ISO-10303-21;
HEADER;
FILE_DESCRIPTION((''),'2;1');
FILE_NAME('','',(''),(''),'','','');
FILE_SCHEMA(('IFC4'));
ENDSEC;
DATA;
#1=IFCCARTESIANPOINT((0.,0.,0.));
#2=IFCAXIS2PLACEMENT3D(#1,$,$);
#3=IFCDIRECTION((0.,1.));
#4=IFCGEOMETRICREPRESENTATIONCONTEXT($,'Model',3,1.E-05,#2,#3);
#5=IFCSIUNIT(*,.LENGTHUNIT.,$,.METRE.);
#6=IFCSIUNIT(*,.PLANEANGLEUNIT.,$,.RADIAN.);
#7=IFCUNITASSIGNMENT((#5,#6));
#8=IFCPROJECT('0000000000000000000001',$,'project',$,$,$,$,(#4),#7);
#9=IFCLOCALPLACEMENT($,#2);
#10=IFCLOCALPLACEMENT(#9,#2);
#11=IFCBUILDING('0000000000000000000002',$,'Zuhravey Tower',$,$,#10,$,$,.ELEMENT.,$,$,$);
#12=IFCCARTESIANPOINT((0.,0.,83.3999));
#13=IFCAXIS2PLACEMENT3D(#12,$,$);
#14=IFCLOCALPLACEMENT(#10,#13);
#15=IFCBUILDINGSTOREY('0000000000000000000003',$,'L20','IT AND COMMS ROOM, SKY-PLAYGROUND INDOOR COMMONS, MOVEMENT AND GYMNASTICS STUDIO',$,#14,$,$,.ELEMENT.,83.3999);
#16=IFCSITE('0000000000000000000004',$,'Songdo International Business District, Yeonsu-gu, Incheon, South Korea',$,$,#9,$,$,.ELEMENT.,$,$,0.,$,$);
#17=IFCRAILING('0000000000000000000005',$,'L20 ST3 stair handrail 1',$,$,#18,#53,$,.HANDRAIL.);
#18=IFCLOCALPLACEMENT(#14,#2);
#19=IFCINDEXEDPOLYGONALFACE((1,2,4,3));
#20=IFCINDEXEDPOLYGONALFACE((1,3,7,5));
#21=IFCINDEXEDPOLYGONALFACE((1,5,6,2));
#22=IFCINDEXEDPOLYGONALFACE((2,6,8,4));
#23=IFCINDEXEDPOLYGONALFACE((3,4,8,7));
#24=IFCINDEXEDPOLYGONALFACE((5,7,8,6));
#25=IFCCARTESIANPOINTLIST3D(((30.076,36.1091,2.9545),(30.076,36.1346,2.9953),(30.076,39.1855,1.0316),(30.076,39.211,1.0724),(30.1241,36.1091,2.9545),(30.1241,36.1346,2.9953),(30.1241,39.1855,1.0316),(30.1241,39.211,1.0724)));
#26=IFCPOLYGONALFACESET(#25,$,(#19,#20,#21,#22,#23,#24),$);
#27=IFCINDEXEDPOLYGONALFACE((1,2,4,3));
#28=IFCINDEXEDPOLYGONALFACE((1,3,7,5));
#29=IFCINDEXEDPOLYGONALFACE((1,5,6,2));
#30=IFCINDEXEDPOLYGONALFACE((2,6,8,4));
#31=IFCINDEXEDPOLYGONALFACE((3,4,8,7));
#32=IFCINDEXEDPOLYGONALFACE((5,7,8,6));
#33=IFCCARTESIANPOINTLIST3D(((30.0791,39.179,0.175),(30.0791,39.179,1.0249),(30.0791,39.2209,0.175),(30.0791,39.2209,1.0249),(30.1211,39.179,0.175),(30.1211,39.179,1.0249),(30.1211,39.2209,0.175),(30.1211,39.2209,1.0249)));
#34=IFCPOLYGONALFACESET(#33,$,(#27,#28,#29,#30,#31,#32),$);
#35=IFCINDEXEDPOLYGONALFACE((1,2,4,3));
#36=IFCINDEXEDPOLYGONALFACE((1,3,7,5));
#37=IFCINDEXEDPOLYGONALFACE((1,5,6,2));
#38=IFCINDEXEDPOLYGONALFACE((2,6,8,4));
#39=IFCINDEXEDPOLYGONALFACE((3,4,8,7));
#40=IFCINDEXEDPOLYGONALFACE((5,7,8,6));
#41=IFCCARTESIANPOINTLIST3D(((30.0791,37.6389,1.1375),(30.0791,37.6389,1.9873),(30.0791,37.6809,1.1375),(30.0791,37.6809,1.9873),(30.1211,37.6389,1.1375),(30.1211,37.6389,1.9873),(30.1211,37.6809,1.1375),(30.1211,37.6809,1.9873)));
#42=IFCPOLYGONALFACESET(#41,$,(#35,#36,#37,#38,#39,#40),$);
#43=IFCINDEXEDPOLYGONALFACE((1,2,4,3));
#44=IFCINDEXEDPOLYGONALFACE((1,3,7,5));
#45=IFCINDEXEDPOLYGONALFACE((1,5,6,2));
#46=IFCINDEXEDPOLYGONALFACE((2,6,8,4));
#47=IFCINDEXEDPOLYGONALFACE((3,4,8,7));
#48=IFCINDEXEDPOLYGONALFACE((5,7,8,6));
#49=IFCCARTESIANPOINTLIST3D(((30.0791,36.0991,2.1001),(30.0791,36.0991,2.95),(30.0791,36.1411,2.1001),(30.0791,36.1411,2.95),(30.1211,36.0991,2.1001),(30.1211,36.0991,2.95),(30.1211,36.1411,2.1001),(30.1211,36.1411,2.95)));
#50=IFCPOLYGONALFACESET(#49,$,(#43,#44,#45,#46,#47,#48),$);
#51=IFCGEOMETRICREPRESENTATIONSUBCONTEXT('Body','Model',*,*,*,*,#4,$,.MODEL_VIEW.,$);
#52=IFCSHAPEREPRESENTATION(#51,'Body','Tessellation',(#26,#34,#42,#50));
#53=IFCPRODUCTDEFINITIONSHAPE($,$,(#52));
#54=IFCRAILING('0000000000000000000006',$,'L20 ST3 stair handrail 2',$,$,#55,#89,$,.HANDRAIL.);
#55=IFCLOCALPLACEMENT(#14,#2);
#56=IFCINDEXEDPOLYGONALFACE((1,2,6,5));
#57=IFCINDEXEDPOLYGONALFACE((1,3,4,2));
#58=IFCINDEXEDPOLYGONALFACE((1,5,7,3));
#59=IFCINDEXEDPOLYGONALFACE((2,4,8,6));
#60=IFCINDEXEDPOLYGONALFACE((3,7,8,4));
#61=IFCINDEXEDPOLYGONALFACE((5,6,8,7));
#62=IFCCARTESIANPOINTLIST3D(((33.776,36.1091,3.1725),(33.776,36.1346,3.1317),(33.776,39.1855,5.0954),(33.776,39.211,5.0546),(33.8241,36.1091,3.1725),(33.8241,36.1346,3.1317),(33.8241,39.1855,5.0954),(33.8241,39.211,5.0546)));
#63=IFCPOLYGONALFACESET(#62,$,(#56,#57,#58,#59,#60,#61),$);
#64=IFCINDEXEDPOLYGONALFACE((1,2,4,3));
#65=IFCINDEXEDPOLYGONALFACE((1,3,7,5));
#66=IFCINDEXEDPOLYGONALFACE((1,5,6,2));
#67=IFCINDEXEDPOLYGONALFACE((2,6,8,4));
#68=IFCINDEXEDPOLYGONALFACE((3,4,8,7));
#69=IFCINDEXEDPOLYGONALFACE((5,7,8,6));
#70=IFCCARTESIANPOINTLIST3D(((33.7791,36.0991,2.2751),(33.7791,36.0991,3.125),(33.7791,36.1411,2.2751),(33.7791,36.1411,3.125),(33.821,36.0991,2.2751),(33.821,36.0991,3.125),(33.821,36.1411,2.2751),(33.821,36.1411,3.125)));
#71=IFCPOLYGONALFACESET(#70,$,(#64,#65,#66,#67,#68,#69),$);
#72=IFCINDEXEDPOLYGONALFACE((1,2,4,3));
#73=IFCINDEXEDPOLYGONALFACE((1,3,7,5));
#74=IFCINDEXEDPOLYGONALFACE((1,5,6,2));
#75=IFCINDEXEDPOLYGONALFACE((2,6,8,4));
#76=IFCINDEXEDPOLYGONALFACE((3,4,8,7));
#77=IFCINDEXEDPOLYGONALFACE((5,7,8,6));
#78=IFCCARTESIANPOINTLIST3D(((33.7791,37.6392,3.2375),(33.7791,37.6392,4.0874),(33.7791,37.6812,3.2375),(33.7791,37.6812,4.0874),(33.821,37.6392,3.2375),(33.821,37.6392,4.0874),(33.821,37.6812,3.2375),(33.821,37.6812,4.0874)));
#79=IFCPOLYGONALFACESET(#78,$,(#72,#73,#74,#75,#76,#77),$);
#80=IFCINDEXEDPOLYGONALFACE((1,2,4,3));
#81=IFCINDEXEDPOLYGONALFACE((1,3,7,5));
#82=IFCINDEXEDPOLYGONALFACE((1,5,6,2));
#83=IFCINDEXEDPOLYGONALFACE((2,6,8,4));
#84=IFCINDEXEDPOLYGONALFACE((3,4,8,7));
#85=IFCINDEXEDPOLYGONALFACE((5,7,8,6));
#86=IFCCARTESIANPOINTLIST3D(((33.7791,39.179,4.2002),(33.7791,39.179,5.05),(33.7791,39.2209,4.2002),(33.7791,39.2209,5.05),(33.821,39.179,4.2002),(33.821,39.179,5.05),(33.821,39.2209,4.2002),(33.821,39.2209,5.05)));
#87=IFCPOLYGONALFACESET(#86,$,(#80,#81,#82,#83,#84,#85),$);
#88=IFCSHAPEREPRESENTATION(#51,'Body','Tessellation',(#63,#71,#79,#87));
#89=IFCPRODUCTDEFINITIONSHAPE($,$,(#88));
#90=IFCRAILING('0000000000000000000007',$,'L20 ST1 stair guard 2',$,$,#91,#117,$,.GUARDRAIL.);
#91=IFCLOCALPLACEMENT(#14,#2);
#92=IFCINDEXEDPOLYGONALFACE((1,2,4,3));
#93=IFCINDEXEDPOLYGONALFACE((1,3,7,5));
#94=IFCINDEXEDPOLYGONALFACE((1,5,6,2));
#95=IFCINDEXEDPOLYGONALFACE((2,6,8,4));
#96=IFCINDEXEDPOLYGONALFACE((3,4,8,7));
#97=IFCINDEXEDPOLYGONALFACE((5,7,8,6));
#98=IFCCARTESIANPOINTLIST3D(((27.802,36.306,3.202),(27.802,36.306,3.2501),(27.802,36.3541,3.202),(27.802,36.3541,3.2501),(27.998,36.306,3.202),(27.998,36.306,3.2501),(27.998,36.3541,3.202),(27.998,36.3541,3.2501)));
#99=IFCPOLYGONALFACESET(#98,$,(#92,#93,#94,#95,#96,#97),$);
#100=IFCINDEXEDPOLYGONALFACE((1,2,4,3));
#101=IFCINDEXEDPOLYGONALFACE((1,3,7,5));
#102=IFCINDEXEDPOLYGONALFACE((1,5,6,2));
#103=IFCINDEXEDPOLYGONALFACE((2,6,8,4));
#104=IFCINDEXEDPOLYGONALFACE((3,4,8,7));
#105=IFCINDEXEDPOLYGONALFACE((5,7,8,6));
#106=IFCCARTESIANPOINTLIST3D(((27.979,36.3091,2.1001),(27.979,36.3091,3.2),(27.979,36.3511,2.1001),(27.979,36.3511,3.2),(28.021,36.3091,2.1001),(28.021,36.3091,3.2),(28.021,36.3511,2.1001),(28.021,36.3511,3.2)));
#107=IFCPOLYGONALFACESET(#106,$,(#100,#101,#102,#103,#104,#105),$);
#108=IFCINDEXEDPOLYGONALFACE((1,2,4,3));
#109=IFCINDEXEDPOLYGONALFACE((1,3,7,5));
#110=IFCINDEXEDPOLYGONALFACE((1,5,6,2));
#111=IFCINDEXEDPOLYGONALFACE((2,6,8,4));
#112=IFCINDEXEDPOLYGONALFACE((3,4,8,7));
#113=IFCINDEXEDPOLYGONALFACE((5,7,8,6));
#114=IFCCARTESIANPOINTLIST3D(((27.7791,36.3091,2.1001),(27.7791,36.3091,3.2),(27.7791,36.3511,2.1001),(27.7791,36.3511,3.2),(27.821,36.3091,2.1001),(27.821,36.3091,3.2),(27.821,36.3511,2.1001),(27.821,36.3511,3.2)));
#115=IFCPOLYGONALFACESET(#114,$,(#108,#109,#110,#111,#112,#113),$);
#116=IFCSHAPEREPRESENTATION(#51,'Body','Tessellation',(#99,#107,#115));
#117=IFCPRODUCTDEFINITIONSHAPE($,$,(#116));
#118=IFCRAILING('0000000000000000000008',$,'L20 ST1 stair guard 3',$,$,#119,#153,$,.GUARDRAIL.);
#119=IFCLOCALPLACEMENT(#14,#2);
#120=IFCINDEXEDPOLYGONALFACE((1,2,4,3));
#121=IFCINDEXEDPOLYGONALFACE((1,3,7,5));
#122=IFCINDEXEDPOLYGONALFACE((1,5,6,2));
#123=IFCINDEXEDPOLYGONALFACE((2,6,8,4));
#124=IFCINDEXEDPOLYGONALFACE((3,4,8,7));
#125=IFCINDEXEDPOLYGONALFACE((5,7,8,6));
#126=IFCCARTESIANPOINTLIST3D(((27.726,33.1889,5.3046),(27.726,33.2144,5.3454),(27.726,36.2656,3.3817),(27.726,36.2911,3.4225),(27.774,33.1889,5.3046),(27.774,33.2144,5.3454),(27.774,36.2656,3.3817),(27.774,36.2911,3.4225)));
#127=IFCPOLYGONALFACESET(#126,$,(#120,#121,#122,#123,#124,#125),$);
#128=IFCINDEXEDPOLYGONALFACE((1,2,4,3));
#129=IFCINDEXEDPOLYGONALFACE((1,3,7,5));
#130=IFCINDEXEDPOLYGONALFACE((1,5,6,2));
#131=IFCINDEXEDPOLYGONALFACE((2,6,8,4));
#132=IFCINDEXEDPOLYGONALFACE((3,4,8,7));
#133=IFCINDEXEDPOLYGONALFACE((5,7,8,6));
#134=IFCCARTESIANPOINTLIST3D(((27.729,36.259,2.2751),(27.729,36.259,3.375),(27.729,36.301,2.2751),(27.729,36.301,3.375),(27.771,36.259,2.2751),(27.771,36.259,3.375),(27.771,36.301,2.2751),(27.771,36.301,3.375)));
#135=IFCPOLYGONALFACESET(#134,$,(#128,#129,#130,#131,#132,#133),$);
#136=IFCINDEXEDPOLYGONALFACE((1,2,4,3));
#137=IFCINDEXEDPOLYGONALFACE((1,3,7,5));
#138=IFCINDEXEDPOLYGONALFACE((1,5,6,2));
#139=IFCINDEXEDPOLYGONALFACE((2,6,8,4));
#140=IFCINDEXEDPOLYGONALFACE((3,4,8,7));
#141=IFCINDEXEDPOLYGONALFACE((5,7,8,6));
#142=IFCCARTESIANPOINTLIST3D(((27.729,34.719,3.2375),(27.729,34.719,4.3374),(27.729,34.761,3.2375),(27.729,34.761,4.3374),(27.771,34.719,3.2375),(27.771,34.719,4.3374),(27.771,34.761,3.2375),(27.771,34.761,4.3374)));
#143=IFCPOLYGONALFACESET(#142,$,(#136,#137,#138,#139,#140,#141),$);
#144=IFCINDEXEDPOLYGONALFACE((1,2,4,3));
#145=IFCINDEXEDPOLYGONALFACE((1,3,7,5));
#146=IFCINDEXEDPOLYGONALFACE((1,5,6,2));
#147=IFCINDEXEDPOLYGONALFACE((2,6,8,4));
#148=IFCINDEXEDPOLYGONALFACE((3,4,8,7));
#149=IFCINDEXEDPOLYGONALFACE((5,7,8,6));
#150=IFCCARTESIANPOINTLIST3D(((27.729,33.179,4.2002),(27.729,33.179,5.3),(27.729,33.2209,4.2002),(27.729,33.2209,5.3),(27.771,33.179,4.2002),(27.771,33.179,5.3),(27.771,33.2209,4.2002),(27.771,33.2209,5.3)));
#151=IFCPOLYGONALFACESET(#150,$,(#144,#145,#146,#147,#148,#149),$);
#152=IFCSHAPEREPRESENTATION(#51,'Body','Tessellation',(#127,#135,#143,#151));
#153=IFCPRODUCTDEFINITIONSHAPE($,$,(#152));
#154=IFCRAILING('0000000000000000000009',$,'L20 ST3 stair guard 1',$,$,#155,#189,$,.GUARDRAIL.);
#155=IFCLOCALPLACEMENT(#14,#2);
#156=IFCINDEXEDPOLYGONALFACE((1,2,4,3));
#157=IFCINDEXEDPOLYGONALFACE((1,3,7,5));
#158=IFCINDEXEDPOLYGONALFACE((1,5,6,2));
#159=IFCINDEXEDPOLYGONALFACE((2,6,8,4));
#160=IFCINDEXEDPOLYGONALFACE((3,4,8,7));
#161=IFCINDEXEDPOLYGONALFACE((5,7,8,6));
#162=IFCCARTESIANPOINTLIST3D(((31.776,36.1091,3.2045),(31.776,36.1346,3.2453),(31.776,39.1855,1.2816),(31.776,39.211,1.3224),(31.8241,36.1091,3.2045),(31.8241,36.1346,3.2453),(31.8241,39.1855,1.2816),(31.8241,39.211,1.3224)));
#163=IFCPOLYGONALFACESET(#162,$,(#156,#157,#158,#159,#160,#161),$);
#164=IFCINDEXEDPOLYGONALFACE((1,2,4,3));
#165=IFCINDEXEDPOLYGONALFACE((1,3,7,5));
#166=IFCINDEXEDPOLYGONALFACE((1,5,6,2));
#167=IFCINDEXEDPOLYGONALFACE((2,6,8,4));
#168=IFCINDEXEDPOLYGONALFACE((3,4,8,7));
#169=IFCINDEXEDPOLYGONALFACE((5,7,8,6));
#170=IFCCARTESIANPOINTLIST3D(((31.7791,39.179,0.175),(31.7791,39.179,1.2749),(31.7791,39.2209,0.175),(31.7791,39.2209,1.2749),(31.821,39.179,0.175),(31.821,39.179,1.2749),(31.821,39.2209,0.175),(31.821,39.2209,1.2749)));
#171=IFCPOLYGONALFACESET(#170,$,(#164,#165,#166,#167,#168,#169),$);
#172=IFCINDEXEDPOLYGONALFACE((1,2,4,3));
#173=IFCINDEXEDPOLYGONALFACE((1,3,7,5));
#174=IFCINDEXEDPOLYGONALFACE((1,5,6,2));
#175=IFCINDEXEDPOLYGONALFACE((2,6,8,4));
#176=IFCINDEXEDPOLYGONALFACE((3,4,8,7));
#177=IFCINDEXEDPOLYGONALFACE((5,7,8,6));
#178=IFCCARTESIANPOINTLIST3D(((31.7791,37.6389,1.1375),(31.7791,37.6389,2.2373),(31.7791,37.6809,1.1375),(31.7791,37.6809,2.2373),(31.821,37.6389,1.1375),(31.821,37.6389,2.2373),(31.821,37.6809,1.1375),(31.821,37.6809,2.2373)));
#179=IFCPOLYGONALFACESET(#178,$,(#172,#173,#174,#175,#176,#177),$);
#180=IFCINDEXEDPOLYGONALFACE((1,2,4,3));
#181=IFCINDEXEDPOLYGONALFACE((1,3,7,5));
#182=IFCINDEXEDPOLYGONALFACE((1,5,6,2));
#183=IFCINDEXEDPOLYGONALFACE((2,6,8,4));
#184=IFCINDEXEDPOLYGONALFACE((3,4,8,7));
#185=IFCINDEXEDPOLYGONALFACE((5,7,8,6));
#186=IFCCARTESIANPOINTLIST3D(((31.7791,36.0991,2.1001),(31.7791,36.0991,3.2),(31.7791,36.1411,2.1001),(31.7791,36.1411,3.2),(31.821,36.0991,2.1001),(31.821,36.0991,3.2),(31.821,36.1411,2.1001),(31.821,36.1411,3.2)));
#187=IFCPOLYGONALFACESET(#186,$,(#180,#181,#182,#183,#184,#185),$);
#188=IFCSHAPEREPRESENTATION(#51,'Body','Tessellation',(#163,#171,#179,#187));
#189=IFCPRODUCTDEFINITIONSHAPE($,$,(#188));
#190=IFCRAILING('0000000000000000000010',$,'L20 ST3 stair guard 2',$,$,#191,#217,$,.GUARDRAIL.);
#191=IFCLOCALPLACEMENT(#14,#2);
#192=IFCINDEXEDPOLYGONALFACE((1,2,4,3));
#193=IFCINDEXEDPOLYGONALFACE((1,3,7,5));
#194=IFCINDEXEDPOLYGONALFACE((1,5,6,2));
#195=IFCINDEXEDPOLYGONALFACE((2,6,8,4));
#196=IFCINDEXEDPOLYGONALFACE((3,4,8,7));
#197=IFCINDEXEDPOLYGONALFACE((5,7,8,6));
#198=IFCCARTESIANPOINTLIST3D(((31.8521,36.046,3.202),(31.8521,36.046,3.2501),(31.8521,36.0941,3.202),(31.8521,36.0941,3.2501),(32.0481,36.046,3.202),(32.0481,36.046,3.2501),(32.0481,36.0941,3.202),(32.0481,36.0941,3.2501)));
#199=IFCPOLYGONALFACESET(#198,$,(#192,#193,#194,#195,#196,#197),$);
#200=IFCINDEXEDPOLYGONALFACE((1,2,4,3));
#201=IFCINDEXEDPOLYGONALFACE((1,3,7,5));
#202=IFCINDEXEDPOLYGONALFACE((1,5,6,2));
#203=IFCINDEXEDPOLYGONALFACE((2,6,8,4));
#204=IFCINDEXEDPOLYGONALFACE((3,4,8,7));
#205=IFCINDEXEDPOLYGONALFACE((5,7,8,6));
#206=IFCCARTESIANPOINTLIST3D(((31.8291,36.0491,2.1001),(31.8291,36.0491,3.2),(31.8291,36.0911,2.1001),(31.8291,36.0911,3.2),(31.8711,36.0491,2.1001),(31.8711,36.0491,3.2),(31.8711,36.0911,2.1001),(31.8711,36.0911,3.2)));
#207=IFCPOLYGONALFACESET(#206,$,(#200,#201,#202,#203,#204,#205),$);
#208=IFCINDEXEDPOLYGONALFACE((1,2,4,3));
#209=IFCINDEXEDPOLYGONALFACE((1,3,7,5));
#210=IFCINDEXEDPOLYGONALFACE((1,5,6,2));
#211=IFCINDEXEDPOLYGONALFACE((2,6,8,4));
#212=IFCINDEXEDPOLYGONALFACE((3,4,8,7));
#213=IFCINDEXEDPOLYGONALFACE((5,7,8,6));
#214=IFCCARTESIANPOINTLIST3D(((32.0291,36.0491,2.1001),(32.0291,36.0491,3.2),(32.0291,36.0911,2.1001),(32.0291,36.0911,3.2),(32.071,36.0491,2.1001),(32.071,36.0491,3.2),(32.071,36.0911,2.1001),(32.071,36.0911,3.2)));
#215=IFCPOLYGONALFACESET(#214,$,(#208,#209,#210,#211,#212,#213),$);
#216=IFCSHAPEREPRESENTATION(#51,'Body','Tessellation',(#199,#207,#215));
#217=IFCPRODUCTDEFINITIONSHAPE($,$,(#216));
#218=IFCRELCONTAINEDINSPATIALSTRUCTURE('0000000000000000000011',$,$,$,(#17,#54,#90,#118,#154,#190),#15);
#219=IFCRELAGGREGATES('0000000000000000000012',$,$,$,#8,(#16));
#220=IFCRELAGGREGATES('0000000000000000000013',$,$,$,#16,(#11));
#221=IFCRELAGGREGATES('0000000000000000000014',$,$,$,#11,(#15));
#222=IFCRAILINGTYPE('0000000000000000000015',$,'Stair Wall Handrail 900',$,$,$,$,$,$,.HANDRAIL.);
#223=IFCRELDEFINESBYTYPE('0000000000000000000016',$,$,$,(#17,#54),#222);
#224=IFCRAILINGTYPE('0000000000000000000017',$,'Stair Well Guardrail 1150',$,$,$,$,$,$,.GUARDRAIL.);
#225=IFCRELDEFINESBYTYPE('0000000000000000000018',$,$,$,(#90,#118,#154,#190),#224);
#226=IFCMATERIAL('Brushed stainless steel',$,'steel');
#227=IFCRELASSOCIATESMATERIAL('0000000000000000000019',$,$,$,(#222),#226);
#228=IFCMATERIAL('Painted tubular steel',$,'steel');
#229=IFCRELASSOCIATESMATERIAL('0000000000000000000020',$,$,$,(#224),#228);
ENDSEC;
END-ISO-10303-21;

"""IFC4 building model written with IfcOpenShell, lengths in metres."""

from ifc_helpers import new_model, si_unit, direction, frame, origin, origin_2d, place, context, subcontext, project, spatial, rectangle, extrude, material, type_object, element, save


model = new_model("IFC4")

# Units and contexts
model_context = context("Model", 3, precision=1e-05, world=origin(), true_north=direction((0.0, 1.0)))
body_context = subcontext(model_context, "Body", "Model", "MODEL_VIEW")
ifc_project = project(units=[si_unit("LENGTHUNIT", "METRE"), si_unit("PLANEANGLEUNIT", "RADIAN")], contexts=[model_context])

# Site, building, storey
site_placement = place(None, origin())
site = spatial("IfcSite", under=ifc_project, at=site_placement, Name="Songdo International Business District, Yeonsu-gu, Incheon, South Korea", CompositionType="ELEMENT", RefElevation=0.0)
building_placement = place(site_placement, origin())
building = spatial("IfcBuilding", under=site, at=building_placement, Name="Zuhravey Tower", CompositionType="ELEMENT")
storey_placement = place(building_placement, frame((0.0, 0.0, 83.3999)))
storey = spatial("IfcBuildingStorey", under=building, at=storey_placement, Name="L20", Description="IT AND COMMS ROOM, SKY-PLAYGROUND INDOOR COMMONS, MOVEMENT AND GYMNASTICS STUDIO", CompositionType="ELEMENT", Elevation=83.3999)

# Railings
ifc_material_1 = material(Name="Brushed stainless steel", Category="steel")
railing_type_1 = type_object("IfcRailingType", Name="Stair Wall Handrail 900", PredefinedType="HANDRAIL", material=ifc_material_1)
railing_1_placement = place(storey_placement, frame((30.1001, 39.2, 0.175)))
element("IfcRailing", 1, at=railing_1_placement, inside=storey, type_object=railing_type_1, Name="L20 ST3 stair handrail 1", PredefinedType="HANDRAIL", context=body_context, shape_type="SweptSolid", body=[
    extrude(rectangle(XDim=0.0481, YDim=0.0481, at=origin_2d()), frame((0.0, -0.0017, 0.877), z_axis=(0.0, -0.847979, 0.530029), x_axis=(1.0, 0.0, 0.0)), (0.0, 0.0, 1.0), 3.6279),
    extrude(rectangle(XDim=0.042, YDim=0.042, at=origin_2d()), origin(), (0.0, 0.0, 1.0), 0.8499),
    extrude(rectangle(XDim=0.042, YDim=0.042, at=origin_2d()), frame((0.0, -1.54, 0.9624)), (0.0, 0.0, 1.0), 0.8499),
    extrude(rectangle(XDim=0.042, YDim=0.042, at=origin_2d()), frame((0.0, -3.0798, 1.925)), (0.0, 0.0, 1.0), 0.8499),
])
railing_2_placement = place(storey_placement, frame((33.8, 36.1201, 2.2751)))
element("IfcRailing", 2, at=railing_2_placement, inside=storey, type_object=railing_type_1, Name="L20 ST3 stair handrail 2", PredefinedType="HANDRAIL", context=body_context, shape_type="SweptSolid", body=[
    extrude(rectangle(XDim=0.0481, YDim=0.0481, at=origin_2d()), frame((0.0, 0.0017, 0.877), z_axis=(0.0, 0.847979, 0.530029), x_axis=(-1.0, 0.0, 0.0)), (0.0, 0.0, 1.0), 3.6279),
    extrude(rectangle(XDim=0.042, YDim=0.042, at=origin_2d()), origin(), (0.0, 0.0, 1.0), 0.8499),
    extrude(rectangle(XDim=0.042, YDim=0.042, at=origin_2d()), frame((0.0, 1.54, 0.9624)), (0.0, 0.0, 1.0), 0.8499),
    extrude(rectangle(XDim=0.042, YDim=0.042, at=origin_2d()), frame((0.0, 3.0798, 1.925)), (0.0, 0.0, 1.0), 0.8499),
])
ifc_material_2 = material(Name="Painted tubular steel", Category="steel")
railing_type_2 = type_object("IfcRailingType", Name="Stair Well Guardrail 1150", PredefinedType="GUARDRAIL", material=ifc_material_2)
railing_3_placement = place(storey_placement, frame((28.0, 36.3301, 2.1001)))
element("IfcRailing", 3, at=railing_3_placement, inside=storey, type_object=railing_type_2, Name="L20 ST1 stair guard 2", PredefinedType="GUARDRAIL", context=body_context, shape_type="SweptSolid", body=[
    extrude(rectangle(XDim=0.0481, YDim=0.0481, at=origin_2d()), frame((-0.002, 0.0, 1.126), z_axis=(-1.0, 0.0, 0.0), x_axis=(0.0, -1.0, 0.0)), (0.0, 0.0, 1.0), 0.196),
    extrude(rectangle(XDim=0.042, YDim=0.042, at=origin_2d()), origin(), (0.0, 0.0, 1.0), 1.0999),
    extrude(rectangle(XDim=0.042, YDim=0.042, at=origin_2d()), frame((-0.2, 0.0, 0.0)), (0.0, 0.0, 1.0), 1.0999),
])
railing_4_placement = place(storey_placement, frame((27.75, 36.28, 2.2751)))
element("IfcRailing", 4, at=railing_4_placement, inside=storey, type_object=railing_type_2, Name="L20 ST1 stair guard 3", PredefinedType="GUARDRAIL", context=body_context, shape_type="SweptSolid", body=[
    extrude(rectangle(XDim=0.0481, YDim=0.0481, at=origin_2d()), frame((0.0, -0.0017, 1.127), z_axis=(0.0, -0.847998, 0.529999), x_axis=(1.0, 0.0, 0.0)), (0.0, 0.0, 1.0), 3.6282),
    extrude(rectangle(XDim=0.042, YDim=0.042, at=origin_2d()), origin(), (0.0, 0.0, 1.0), 1.0999),
    extrude(rectangle(XDim=0.042, YDim=0.042, at=origin_2d()), frame((0.0, -1.54, 0.9624)), (0.0, 0.0, 1.0), 1.0999),
    extrude(rectangle(XDim=0.042, YDim=0.042, at=origin_2d()), frame((0.0, -3.0801, 1.925)), (0.0, 0.0, 1.0), 1.0999),
])
railing_5_placement = place(storey_placement, frame((31.8, 39.2, 0.175)))
element("IfcRailing", 5, at=railing_5_placement, inside=storey, type_object=railing_type_2, Name="L20 ST3 stair guard 1", PredefinedType="GUARDRAIL", context=body_context, shape_type="SweptSolid", body=[
    extrude(rectangle(XDim=0.0481, YDim=0.0481, at=origin_2d()), frame((0.0, -0.0017, 1.127), z_axis=(0.0, -0.847979, 0.530029), x_axis=(1.0, 0.0, 0.0)), (0.0, 0.0, 1.0), 3.6279),
    extrude(rectangle(XDim=0.042, YDim=0.042, at=origin_2d()), origin(), (0.0, 0.0, 1.0), 1.0999),
    extrude(rectangle(XDim=0.042, YDim=0.042, at=origin_2d()), frame((0.0, -1.54, 0.9624)), (0.0, 0.0, 1.0), 1.0999),
    extrude(rectangle(XDim=0.042, YDim=0.042, at=origin_2d()), frame((0.0, -3.0798, 1.925)), (0.0, 0.0, 1.0), 1.0999),
])
railing_6_placement = place(storey_placement, frame((31.8501, 36.0701, 2.1001)))
element("IfcRailing", 6, at=railing_6_placement, inside=storey, type_object=railing_type_2, Name="L20 ST3 stair guard 2", PredefinedType="GUARDRAIL", context=body_context, shape_type="SweptSolid", body=[
    extrude(rectangle(XDim=0.0481, YDim=0.0481, at=origin_2d()), frame((0.002, 0.0, 1.126), z_axis=(1.0, 0.0, 0.0), x_axis=(0.0, 1.0, 0.0)), (0.0, 0.0, 1.0), 0.196),
    extrude(rectangle(XDim=0.042, YDim=0.042, at=origin_2d()), origin(), (0.0, 0.0, 1.0), 1.0999),
    extrude(rectangle(XDim=0.042, YDim=0.042, at=origin_2d()), frame((0.2, 0.0, 0.0)), (0.0, 0.0, 1.0), 1.0999),
])

save(model, "model.ifc")
